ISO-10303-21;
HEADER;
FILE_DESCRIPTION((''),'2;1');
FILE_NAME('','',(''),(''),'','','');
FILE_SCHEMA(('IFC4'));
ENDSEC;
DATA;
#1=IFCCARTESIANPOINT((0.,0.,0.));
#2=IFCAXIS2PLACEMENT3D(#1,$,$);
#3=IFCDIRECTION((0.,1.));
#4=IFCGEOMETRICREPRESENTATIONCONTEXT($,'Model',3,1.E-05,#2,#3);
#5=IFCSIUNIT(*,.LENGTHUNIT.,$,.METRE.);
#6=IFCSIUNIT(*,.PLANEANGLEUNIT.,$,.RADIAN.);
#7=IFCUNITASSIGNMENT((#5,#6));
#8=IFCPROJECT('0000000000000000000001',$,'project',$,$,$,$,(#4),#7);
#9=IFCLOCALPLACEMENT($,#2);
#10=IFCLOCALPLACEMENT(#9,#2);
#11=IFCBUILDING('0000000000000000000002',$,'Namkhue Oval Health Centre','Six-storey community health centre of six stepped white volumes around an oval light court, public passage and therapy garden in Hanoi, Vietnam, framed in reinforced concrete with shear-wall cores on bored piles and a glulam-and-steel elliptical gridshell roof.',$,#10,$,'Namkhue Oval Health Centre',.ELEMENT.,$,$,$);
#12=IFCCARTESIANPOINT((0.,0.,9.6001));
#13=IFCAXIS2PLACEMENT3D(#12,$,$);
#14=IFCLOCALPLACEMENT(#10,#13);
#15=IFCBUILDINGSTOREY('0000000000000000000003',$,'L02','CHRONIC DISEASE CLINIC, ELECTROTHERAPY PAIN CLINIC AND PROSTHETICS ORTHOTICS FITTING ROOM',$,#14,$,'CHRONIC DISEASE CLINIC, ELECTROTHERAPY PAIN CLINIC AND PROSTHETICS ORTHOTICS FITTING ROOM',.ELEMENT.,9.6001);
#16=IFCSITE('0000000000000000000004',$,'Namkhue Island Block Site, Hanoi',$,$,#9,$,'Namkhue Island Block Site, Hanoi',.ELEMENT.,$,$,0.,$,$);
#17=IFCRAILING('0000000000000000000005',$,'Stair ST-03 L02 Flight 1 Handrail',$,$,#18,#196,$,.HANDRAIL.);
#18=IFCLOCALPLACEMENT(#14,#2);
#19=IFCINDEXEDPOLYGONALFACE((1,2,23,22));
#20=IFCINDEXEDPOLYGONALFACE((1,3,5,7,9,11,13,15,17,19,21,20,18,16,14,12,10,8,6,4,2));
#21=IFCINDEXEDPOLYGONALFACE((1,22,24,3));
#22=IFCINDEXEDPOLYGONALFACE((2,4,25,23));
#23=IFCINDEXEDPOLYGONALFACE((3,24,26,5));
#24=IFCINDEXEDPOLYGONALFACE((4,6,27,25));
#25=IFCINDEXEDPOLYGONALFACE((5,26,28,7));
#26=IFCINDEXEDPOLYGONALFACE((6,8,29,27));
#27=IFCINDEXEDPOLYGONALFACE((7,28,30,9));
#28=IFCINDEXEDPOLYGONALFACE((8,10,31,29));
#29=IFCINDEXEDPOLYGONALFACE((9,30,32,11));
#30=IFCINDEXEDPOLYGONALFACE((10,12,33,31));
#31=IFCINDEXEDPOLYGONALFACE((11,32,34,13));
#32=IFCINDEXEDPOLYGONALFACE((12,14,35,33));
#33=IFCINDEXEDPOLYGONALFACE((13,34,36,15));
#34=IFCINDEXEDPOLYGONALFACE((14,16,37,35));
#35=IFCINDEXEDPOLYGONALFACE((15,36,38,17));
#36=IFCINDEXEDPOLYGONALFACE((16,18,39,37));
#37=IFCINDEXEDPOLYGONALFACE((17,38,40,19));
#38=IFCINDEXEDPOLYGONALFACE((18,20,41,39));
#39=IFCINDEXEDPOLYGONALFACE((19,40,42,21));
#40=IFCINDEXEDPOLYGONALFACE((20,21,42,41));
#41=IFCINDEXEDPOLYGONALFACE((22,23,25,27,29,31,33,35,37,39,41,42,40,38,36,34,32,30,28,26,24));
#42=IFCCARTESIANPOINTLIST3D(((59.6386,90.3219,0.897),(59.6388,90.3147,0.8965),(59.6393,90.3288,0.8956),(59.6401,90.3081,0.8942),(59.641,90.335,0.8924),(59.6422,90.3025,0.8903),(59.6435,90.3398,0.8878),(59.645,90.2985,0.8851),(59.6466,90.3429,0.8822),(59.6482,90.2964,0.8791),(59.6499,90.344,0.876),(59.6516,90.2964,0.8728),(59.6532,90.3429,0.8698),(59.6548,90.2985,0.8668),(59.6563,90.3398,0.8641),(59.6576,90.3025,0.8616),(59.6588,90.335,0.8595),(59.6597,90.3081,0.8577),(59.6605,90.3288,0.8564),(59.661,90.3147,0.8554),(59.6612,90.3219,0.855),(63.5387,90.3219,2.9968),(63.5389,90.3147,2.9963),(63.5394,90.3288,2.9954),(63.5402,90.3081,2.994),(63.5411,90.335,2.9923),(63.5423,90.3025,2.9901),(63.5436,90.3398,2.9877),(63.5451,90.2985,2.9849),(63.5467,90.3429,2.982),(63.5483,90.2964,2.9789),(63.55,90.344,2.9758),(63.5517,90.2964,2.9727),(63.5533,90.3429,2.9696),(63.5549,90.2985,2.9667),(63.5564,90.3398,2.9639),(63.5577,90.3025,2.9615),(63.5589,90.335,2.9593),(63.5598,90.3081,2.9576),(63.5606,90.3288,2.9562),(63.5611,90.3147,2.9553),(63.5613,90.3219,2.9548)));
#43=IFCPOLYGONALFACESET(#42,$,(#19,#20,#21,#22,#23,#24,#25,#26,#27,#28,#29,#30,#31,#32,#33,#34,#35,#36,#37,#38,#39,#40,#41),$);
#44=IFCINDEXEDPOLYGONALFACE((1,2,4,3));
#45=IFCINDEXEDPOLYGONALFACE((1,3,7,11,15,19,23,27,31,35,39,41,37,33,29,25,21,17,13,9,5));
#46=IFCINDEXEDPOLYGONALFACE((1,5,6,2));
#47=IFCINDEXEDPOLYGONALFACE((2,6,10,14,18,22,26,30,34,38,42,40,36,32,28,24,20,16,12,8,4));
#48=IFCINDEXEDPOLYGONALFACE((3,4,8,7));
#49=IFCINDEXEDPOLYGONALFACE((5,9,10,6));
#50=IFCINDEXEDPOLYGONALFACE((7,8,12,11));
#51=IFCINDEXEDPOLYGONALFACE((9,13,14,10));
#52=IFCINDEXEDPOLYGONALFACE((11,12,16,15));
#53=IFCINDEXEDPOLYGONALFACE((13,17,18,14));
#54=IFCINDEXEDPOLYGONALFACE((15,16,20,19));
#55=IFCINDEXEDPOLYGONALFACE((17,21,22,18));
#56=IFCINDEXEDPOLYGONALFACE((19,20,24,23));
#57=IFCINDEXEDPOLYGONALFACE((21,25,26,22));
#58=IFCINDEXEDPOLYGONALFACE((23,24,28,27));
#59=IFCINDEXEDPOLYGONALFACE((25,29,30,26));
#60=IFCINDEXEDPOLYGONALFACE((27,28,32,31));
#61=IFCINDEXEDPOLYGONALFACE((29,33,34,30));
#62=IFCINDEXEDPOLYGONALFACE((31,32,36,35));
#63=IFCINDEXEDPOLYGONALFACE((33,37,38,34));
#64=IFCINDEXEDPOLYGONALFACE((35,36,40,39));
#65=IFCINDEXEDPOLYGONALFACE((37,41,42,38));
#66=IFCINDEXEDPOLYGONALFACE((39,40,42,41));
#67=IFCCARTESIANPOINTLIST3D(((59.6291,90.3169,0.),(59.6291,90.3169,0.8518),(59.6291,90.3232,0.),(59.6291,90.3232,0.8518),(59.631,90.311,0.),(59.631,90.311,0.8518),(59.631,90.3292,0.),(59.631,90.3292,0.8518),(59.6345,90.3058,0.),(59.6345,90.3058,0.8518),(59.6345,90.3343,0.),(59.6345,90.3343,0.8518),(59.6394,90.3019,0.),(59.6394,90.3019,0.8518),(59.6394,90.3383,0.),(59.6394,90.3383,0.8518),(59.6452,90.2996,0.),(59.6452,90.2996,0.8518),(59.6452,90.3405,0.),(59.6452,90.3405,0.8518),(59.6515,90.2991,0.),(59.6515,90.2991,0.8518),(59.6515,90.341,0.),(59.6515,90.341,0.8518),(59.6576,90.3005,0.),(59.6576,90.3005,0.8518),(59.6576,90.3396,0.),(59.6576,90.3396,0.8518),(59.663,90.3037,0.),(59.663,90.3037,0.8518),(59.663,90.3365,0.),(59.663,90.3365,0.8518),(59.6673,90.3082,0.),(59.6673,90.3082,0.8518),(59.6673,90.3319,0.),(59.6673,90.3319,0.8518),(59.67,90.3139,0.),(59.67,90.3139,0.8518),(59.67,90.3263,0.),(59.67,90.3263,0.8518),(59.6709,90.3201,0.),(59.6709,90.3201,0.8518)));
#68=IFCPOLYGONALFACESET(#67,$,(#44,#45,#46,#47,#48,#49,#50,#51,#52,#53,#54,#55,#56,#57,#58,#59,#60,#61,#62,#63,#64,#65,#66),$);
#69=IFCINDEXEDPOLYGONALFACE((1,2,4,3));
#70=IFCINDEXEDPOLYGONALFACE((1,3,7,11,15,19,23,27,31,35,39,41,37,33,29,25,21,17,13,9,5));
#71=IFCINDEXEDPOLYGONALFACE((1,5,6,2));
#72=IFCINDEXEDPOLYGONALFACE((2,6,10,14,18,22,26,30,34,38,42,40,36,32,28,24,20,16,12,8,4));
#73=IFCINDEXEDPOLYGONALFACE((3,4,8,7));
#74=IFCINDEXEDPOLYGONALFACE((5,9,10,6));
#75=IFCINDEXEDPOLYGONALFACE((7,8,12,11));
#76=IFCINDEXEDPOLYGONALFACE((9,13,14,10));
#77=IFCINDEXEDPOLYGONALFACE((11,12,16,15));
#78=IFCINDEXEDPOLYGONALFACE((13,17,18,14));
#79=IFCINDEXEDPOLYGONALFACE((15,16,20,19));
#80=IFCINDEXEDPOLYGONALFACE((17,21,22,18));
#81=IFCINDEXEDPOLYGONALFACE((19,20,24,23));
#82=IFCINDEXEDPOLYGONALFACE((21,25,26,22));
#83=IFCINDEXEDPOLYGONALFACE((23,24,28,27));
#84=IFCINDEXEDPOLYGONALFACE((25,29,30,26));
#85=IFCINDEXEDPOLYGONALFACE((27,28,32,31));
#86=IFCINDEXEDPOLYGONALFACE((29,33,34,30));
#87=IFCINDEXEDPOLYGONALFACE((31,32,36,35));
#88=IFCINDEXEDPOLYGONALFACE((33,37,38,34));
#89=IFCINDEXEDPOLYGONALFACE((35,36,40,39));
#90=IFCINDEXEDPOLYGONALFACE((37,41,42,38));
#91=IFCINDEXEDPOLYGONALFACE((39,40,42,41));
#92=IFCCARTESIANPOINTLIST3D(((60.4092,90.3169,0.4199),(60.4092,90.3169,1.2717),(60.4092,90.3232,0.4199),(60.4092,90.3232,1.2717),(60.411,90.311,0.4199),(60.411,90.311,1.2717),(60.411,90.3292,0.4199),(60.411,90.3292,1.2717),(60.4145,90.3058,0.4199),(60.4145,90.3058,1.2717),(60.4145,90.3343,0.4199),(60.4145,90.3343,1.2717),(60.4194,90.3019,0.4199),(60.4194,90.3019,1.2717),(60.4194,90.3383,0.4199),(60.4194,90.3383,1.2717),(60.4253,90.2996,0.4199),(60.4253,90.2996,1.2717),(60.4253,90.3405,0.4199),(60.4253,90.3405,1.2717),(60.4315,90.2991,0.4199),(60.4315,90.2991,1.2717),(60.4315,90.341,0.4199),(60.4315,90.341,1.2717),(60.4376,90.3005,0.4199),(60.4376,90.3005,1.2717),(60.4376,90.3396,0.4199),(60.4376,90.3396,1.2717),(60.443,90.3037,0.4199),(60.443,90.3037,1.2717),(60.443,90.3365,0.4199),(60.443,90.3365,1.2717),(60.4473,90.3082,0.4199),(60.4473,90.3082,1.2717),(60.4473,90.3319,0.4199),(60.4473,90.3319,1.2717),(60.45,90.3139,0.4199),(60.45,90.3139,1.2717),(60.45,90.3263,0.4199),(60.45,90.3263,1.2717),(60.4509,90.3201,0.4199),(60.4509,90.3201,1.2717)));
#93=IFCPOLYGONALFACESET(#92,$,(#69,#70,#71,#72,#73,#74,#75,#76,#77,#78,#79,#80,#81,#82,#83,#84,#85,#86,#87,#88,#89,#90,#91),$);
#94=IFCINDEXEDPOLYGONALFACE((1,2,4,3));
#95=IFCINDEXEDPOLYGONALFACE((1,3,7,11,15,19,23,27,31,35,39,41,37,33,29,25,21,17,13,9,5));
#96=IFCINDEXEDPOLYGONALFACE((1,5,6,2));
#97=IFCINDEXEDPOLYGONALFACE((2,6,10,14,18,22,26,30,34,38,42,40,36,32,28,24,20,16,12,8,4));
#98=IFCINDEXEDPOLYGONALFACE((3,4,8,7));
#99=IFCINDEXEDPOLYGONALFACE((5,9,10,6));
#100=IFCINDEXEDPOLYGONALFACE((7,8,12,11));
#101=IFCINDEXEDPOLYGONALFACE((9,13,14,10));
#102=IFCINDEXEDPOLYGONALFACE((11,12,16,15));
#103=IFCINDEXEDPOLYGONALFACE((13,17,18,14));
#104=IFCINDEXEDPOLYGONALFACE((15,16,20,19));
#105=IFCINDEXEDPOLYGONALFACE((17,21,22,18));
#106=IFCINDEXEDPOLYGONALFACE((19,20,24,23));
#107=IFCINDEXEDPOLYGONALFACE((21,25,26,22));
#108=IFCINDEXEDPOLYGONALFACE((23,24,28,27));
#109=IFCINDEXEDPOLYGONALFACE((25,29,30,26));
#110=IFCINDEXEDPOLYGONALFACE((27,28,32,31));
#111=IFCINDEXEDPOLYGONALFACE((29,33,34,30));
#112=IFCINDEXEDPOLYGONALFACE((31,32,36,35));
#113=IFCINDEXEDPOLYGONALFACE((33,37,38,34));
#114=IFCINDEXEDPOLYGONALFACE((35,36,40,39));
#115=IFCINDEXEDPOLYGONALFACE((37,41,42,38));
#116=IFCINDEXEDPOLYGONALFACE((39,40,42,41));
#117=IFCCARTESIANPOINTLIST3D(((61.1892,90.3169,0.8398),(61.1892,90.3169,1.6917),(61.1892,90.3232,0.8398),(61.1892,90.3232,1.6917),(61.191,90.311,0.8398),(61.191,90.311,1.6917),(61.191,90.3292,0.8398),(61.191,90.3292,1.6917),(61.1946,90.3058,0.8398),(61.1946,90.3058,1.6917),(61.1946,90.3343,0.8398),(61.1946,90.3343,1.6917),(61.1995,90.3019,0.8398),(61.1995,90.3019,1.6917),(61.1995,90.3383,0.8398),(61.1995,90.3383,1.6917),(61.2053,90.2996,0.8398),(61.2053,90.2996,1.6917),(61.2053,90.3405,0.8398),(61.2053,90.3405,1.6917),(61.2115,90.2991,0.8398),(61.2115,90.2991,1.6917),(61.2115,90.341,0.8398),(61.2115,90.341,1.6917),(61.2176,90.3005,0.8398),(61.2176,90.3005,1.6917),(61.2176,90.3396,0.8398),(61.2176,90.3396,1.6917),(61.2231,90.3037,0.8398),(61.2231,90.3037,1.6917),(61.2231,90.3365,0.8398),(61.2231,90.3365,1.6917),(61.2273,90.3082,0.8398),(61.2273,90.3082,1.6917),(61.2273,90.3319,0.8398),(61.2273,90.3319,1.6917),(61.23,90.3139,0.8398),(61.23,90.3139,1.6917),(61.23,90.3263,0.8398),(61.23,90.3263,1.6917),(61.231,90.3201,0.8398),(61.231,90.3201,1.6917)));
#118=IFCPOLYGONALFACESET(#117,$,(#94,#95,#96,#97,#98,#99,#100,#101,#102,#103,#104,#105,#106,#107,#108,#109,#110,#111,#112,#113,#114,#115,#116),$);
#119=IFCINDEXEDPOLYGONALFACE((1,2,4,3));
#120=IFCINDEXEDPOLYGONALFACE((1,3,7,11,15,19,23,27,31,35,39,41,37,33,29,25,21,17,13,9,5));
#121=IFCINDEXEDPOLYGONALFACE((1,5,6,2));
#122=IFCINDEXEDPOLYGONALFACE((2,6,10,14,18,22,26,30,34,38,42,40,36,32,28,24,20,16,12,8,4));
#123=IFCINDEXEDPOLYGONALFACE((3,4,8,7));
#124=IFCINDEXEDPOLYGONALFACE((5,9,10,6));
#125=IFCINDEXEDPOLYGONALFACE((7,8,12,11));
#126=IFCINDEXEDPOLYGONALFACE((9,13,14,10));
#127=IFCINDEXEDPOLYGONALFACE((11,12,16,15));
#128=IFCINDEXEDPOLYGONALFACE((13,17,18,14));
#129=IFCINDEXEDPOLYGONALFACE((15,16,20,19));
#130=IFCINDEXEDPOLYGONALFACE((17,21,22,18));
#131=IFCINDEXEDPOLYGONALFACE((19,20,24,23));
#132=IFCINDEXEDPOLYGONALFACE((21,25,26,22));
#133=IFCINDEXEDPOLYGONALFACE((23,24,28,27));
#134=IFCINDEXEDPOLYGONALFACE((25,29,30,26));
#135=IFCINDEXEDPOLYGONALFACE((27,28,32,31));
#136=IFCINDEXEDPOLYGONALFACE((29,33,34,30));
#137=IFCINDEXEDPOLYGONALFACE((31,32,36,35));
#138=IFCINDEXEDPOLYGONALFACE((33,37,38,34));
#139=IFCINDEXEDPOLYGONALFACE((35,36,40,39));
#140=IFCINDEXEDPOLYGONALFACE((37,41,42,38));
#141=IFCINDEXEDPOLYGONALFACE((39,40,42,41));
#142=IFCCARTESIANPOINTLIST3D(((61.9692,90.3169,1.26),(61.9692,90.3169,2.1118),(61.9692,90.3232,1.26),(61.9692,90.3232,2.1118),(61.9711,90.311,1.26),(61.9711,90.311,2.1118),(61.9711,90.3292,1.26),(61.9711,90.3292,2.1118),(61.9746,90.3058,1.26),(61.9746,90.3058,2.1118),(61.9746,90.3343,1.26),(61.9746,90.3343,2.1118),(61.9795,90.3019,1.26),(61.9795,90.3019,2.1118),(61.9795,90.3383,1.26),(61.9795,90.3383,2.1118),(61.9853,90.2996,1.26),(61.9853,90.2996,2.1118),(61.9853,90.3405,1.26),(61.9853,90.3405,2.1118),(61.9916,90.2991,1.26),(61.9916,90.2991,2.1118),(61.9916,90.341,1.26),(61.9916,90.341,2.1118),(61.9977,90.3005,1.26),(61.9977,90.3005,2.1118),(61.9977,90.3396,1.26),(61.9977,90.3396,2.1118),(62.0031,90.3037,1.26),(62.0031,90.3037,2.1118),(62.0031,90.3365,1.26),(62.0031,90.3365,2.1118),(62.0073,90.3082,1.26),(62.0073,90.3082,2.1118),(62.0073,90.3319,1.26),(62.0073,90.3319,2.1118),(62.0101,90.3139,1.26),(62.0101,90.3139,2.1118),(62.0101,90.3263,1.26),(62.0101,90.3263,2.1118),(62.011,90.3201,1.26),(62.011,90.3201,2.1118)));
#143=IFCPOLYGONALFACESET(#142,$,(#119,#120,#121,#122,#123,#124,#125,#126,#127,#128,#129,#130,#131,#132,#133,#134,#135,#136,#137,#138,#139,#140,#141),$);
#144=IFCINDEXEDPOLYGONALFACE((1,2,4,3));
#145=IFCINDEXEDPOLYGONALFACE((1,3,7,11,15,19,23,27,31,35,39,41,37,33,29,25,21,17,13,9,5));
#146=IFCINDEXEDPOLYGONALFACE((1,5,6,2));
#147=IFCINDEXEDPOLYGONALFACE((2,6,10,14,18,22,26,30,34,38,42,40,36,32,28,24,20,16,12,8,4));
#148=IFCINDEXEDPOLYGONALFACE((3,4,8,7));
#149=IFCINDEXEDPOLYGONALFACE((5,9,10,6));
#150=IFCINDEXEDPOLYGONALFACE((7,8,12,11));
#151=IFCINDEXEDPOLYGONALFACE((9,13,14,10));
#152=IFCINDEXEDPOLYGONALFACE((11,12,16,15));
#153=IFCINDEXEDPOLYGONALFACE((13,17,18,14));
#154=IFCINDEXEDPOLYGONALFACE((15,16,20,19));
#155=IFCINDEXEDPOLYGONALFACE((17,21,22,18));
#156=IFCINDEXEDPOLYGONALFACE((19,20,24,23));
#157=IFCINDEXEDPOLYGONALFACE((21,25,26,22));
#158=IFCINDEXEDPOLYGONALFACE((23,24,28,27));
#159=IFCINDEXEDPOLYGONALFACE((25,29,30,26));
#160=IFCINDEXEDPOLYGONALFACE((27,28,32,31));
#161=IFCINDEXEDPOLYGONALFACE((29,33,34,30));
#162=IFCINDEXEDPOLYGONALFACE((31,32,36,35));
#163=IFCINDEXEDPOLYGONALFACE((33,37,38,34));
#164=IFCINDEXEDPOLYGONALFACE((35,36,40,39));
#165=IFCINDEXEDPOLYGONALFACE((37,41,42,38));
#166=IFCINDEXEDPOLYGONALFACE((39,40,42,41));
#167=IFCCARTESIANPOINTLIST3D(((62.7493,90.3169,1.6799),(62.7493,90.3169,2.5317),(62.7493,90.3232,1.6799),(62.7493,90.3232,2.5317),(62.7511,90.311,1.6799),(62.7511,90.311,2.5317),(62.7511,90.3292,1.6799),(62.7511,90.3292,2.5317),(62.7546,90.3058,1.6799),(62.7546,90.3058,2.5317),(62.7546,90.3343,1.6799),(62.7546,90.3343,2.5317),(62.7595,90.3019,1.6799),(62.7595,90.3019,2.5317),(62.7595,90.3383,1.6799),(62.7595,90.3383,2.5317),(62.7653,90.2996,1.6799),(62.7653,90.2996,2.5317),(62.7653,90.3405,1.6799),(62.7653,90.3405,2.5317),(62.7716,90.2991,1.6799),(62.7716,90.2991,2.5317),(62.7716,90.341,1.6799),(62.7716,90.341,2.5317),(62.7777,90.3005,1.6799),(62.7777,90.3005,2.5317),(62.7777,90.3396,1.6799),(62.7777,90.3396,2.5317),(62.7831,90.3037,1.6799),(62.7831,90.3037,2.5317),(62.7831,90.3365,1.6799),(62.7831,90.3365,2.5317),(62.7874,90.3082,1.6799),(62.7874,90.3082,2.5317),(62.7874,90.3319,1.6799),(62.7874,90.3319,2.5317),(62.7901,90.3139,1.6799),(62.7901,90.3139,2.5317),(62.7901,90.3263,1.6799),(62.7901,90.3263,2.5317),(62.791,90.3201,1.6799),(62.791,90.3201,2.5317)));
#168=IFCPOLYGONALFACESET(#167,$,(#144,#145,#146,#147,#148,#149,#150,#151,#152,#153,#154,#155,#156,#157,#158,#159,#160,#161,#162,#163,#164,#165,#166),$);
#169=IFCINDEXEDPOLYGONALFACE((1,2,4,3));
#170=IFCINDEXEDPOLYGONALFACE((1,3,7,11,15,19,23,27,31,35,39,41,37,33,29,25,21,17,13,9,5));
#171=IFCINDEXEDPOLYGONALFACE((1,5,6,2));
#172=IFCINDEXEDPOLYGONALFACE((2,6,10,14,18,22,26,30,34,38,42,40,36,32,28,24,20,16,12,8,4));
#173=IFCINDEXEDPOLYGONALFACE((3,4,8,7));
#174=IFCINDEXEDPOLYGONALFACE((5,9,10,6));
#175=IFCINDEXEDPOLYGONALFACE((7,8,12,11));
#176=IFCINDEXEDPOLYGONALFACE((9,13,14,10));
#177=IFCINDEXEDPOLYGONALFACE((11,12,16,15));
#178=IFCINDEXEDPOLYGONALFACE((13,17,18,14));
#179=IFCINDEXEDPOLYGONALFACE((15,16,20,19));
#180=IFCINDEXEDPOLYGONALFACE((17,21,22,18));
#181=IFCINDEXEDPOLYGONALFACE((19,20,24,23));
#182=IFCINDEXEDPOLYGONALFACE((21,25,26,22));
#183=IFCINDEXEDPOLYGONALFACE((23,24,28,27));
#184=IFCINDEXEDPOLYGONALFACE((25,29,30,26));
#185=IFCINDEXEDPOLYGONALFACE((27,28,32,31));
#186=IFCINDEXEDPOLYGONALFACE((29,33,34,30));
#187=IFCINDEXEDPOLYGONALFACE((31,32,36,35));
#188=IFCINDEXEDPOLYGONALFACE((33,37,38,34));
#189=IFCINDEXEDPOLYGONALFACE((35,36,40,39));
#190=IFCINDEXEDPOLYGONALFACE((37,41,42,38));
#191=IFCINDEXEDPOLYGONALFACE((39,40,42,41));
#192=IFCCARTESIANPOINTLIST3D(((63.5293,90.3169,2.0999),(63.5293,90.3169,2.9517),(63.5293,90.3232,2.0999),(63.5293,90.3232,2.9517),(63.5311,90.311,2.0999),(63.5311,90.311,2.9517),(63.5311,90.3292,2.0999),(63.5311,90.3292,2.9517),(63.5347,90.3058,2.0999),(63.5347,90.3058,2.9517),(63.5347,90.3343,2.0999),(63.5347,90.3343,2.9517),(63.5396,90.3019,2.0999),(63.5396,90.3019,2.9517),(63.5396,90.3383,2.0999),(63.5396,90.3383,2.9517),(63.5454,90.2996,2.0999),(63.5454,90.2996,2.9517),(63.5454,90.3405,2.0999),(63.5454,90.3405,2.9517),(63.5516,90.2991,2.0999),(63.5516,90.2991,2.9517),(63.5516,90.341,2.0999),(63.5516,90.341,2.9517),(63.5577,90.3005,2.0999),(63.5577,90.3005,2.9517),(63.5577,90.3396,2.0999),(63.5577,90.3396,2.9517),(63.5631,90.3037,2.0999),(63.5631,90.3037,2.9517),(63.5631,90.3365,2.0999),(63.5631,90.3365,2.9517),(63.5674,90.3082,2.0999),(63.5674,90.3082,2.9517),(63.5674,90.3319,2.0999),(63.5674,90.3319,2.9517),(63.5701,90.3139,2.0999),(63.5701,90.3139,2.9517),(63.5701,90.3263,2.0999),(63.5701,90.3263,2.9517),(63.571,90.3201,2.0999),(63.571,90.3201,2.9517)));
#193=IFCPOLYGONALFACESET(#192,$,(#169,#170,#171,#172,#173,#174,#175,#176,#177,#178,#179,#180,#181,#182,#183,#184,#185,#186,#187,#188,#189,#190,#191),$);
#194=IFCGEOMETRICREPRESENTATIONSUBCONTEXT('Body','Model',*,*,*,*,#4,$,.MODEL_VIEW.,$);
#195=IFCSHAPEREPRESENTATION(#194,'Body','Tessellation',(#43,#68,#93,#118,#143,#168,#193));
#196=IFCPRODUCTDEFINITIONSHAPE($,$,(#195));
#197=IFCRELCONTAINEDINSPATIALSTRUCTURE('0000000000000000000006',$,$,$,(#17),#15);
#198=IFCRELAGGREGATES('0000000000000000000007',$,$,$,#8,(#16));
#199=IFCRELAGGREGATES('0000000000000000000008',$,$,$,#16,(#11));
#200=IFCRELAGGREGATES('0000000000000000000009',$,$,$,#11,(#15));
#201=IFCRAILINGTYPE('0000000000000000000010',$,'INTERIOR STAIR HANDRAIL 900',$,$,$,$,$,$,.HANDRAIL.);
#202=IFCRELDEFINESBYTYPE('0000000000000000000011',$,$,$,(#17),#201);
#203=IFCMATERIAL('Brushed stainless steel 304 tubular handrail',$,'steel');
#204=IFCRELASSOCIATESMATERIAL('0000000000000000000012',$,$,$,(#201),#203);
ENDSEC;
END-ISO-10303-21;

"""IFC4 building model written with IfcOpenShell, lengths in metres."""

from ifc_helpers import new_model, si_unit, direction, frame, origin, origin_2d, place, context, subcontext, project, spatial, circle, extrude, material, type_object, element, save


model = new_model("IFC4")

# Units and contexts
model_context = context("Model", 3, precision=1e-05, world=origin(), true_north=direction((0.0, 1.0)))
body_context = subcontext(model_context, "Body", "Model", "MODEL_VIEW")
ifc_project = project(units=[si_unit("LENGTHUNIT", "METRE"), si_unit("PLANEANGLEUNIT", "RADIAN")], contexts=[model_context])

# Site, building, storey
site_placement = place(None, origin())
site = spatial("IfcSite", under=ifc_project, at=site_placement, Name="Namkhue Island Block Site, Hanoi", LongName="Namkhue Island Block Site, Hanoi", CompositionType="ELEMENT", RefElevation=0.0)
building_placement = place(site_placement, origin())
building = spatial("IfcBuilding", under=site, at=building_placement, Name="Namkhue Oval Health Centre", Description="Six-storey community health centre of six stepped white volumes around an oval light court, public passage and therapy garden in Hanoi, Vietnam, framed in reinforced concrete with shear-wall cores on bored piles and a glulam-and-steel elliptical gridshell roof.", LongName="Namkhue Oval Health Centre", CompositionType="ELEMENT")
storey_placement = place(building_placement, frame((0.0, 0.0, 9.6001)))
storey = spatial("IfcBuildingStorey", under=building, at=storey_placement, Name="L02", Description="CHRONIC DISEASE CLINIC, ELECTROTHERAPY PAIN CLINIC AND PROSTHETICS ORTHOTICS FITTING ROOM", LongName="CHRONIC DISEASE CLINIC, ELECTROTHERAPY PAIN CLINIC AND PROSTHETICS ORTHOTICS FITTING ROOM", CompositionType="ELEMENT", Elevation=9.6001)

# Railing
ifc_material_1 = material(Name="Brushed stainless steel 304 tubular handrail", Category="steel")
railing_type_1 = type_object("IfcRailingType", Name="INTERIOR STAIR HANDRAIL 900", PredefinedType="HANDRAIL", material=ifc_material_1)
railing_1_placement = place(storey_placement, frame((59.6499, 90.3201, 0.0)))
element("IfcRailing", 1, at=railing_1_placement, inside=storey, type_object=railing_type_1, Name="Stair ST-03 L02 Flight 1 Handrail", PredefinedType="HANDRAIL", context=body_context, shape_type="SweptSolid", body=[
    extrude(circle(Radius=0.0239, at=origin_2d()), frame((0.0, 0.0, 0.876), z_axis=(0.880492, 0.0, 0.47406), x_axis=(0.0, 1.0, 0.0)), (0.0, 0.0, 1.0), 4.4294),
    extrude(circle(Radius=0.021, at=origin_2d()), origin(), (0.0, 0.0, 1.0), 0.8518),
    extrude(circle(Radius=0.021, at=origin_2d()), frame((0.78, 0.0, 0.4199)), (0.0, 0.0, 1.0), 0.8518),
    extrude(circle(Radius=0.021, at=origin_2d()), frame((1.5601, 0.0, 0.8398)), (0.0, 0.0, 1.0), 0.8518),
    extrude(circle(Radius=0.021, at=origin_2d()), frame((2.3401, 0.0, 1.26)), (0.0, 0.0, 1.0), 0.8518),
    extrude(circle(Radius=0.021, at=origin_2d()), frame((3.1201, 0.0, 1.6799)), (0.0, 0.0, 1.0), 0.8518),
    extrude(circle(Radius=0.021, at=origin_2d()), frame((3.9001, 0.0, 2.0999)), (0.0, 0.0, 1.0), 0.8518),
])

save(model, "model.ifc")
